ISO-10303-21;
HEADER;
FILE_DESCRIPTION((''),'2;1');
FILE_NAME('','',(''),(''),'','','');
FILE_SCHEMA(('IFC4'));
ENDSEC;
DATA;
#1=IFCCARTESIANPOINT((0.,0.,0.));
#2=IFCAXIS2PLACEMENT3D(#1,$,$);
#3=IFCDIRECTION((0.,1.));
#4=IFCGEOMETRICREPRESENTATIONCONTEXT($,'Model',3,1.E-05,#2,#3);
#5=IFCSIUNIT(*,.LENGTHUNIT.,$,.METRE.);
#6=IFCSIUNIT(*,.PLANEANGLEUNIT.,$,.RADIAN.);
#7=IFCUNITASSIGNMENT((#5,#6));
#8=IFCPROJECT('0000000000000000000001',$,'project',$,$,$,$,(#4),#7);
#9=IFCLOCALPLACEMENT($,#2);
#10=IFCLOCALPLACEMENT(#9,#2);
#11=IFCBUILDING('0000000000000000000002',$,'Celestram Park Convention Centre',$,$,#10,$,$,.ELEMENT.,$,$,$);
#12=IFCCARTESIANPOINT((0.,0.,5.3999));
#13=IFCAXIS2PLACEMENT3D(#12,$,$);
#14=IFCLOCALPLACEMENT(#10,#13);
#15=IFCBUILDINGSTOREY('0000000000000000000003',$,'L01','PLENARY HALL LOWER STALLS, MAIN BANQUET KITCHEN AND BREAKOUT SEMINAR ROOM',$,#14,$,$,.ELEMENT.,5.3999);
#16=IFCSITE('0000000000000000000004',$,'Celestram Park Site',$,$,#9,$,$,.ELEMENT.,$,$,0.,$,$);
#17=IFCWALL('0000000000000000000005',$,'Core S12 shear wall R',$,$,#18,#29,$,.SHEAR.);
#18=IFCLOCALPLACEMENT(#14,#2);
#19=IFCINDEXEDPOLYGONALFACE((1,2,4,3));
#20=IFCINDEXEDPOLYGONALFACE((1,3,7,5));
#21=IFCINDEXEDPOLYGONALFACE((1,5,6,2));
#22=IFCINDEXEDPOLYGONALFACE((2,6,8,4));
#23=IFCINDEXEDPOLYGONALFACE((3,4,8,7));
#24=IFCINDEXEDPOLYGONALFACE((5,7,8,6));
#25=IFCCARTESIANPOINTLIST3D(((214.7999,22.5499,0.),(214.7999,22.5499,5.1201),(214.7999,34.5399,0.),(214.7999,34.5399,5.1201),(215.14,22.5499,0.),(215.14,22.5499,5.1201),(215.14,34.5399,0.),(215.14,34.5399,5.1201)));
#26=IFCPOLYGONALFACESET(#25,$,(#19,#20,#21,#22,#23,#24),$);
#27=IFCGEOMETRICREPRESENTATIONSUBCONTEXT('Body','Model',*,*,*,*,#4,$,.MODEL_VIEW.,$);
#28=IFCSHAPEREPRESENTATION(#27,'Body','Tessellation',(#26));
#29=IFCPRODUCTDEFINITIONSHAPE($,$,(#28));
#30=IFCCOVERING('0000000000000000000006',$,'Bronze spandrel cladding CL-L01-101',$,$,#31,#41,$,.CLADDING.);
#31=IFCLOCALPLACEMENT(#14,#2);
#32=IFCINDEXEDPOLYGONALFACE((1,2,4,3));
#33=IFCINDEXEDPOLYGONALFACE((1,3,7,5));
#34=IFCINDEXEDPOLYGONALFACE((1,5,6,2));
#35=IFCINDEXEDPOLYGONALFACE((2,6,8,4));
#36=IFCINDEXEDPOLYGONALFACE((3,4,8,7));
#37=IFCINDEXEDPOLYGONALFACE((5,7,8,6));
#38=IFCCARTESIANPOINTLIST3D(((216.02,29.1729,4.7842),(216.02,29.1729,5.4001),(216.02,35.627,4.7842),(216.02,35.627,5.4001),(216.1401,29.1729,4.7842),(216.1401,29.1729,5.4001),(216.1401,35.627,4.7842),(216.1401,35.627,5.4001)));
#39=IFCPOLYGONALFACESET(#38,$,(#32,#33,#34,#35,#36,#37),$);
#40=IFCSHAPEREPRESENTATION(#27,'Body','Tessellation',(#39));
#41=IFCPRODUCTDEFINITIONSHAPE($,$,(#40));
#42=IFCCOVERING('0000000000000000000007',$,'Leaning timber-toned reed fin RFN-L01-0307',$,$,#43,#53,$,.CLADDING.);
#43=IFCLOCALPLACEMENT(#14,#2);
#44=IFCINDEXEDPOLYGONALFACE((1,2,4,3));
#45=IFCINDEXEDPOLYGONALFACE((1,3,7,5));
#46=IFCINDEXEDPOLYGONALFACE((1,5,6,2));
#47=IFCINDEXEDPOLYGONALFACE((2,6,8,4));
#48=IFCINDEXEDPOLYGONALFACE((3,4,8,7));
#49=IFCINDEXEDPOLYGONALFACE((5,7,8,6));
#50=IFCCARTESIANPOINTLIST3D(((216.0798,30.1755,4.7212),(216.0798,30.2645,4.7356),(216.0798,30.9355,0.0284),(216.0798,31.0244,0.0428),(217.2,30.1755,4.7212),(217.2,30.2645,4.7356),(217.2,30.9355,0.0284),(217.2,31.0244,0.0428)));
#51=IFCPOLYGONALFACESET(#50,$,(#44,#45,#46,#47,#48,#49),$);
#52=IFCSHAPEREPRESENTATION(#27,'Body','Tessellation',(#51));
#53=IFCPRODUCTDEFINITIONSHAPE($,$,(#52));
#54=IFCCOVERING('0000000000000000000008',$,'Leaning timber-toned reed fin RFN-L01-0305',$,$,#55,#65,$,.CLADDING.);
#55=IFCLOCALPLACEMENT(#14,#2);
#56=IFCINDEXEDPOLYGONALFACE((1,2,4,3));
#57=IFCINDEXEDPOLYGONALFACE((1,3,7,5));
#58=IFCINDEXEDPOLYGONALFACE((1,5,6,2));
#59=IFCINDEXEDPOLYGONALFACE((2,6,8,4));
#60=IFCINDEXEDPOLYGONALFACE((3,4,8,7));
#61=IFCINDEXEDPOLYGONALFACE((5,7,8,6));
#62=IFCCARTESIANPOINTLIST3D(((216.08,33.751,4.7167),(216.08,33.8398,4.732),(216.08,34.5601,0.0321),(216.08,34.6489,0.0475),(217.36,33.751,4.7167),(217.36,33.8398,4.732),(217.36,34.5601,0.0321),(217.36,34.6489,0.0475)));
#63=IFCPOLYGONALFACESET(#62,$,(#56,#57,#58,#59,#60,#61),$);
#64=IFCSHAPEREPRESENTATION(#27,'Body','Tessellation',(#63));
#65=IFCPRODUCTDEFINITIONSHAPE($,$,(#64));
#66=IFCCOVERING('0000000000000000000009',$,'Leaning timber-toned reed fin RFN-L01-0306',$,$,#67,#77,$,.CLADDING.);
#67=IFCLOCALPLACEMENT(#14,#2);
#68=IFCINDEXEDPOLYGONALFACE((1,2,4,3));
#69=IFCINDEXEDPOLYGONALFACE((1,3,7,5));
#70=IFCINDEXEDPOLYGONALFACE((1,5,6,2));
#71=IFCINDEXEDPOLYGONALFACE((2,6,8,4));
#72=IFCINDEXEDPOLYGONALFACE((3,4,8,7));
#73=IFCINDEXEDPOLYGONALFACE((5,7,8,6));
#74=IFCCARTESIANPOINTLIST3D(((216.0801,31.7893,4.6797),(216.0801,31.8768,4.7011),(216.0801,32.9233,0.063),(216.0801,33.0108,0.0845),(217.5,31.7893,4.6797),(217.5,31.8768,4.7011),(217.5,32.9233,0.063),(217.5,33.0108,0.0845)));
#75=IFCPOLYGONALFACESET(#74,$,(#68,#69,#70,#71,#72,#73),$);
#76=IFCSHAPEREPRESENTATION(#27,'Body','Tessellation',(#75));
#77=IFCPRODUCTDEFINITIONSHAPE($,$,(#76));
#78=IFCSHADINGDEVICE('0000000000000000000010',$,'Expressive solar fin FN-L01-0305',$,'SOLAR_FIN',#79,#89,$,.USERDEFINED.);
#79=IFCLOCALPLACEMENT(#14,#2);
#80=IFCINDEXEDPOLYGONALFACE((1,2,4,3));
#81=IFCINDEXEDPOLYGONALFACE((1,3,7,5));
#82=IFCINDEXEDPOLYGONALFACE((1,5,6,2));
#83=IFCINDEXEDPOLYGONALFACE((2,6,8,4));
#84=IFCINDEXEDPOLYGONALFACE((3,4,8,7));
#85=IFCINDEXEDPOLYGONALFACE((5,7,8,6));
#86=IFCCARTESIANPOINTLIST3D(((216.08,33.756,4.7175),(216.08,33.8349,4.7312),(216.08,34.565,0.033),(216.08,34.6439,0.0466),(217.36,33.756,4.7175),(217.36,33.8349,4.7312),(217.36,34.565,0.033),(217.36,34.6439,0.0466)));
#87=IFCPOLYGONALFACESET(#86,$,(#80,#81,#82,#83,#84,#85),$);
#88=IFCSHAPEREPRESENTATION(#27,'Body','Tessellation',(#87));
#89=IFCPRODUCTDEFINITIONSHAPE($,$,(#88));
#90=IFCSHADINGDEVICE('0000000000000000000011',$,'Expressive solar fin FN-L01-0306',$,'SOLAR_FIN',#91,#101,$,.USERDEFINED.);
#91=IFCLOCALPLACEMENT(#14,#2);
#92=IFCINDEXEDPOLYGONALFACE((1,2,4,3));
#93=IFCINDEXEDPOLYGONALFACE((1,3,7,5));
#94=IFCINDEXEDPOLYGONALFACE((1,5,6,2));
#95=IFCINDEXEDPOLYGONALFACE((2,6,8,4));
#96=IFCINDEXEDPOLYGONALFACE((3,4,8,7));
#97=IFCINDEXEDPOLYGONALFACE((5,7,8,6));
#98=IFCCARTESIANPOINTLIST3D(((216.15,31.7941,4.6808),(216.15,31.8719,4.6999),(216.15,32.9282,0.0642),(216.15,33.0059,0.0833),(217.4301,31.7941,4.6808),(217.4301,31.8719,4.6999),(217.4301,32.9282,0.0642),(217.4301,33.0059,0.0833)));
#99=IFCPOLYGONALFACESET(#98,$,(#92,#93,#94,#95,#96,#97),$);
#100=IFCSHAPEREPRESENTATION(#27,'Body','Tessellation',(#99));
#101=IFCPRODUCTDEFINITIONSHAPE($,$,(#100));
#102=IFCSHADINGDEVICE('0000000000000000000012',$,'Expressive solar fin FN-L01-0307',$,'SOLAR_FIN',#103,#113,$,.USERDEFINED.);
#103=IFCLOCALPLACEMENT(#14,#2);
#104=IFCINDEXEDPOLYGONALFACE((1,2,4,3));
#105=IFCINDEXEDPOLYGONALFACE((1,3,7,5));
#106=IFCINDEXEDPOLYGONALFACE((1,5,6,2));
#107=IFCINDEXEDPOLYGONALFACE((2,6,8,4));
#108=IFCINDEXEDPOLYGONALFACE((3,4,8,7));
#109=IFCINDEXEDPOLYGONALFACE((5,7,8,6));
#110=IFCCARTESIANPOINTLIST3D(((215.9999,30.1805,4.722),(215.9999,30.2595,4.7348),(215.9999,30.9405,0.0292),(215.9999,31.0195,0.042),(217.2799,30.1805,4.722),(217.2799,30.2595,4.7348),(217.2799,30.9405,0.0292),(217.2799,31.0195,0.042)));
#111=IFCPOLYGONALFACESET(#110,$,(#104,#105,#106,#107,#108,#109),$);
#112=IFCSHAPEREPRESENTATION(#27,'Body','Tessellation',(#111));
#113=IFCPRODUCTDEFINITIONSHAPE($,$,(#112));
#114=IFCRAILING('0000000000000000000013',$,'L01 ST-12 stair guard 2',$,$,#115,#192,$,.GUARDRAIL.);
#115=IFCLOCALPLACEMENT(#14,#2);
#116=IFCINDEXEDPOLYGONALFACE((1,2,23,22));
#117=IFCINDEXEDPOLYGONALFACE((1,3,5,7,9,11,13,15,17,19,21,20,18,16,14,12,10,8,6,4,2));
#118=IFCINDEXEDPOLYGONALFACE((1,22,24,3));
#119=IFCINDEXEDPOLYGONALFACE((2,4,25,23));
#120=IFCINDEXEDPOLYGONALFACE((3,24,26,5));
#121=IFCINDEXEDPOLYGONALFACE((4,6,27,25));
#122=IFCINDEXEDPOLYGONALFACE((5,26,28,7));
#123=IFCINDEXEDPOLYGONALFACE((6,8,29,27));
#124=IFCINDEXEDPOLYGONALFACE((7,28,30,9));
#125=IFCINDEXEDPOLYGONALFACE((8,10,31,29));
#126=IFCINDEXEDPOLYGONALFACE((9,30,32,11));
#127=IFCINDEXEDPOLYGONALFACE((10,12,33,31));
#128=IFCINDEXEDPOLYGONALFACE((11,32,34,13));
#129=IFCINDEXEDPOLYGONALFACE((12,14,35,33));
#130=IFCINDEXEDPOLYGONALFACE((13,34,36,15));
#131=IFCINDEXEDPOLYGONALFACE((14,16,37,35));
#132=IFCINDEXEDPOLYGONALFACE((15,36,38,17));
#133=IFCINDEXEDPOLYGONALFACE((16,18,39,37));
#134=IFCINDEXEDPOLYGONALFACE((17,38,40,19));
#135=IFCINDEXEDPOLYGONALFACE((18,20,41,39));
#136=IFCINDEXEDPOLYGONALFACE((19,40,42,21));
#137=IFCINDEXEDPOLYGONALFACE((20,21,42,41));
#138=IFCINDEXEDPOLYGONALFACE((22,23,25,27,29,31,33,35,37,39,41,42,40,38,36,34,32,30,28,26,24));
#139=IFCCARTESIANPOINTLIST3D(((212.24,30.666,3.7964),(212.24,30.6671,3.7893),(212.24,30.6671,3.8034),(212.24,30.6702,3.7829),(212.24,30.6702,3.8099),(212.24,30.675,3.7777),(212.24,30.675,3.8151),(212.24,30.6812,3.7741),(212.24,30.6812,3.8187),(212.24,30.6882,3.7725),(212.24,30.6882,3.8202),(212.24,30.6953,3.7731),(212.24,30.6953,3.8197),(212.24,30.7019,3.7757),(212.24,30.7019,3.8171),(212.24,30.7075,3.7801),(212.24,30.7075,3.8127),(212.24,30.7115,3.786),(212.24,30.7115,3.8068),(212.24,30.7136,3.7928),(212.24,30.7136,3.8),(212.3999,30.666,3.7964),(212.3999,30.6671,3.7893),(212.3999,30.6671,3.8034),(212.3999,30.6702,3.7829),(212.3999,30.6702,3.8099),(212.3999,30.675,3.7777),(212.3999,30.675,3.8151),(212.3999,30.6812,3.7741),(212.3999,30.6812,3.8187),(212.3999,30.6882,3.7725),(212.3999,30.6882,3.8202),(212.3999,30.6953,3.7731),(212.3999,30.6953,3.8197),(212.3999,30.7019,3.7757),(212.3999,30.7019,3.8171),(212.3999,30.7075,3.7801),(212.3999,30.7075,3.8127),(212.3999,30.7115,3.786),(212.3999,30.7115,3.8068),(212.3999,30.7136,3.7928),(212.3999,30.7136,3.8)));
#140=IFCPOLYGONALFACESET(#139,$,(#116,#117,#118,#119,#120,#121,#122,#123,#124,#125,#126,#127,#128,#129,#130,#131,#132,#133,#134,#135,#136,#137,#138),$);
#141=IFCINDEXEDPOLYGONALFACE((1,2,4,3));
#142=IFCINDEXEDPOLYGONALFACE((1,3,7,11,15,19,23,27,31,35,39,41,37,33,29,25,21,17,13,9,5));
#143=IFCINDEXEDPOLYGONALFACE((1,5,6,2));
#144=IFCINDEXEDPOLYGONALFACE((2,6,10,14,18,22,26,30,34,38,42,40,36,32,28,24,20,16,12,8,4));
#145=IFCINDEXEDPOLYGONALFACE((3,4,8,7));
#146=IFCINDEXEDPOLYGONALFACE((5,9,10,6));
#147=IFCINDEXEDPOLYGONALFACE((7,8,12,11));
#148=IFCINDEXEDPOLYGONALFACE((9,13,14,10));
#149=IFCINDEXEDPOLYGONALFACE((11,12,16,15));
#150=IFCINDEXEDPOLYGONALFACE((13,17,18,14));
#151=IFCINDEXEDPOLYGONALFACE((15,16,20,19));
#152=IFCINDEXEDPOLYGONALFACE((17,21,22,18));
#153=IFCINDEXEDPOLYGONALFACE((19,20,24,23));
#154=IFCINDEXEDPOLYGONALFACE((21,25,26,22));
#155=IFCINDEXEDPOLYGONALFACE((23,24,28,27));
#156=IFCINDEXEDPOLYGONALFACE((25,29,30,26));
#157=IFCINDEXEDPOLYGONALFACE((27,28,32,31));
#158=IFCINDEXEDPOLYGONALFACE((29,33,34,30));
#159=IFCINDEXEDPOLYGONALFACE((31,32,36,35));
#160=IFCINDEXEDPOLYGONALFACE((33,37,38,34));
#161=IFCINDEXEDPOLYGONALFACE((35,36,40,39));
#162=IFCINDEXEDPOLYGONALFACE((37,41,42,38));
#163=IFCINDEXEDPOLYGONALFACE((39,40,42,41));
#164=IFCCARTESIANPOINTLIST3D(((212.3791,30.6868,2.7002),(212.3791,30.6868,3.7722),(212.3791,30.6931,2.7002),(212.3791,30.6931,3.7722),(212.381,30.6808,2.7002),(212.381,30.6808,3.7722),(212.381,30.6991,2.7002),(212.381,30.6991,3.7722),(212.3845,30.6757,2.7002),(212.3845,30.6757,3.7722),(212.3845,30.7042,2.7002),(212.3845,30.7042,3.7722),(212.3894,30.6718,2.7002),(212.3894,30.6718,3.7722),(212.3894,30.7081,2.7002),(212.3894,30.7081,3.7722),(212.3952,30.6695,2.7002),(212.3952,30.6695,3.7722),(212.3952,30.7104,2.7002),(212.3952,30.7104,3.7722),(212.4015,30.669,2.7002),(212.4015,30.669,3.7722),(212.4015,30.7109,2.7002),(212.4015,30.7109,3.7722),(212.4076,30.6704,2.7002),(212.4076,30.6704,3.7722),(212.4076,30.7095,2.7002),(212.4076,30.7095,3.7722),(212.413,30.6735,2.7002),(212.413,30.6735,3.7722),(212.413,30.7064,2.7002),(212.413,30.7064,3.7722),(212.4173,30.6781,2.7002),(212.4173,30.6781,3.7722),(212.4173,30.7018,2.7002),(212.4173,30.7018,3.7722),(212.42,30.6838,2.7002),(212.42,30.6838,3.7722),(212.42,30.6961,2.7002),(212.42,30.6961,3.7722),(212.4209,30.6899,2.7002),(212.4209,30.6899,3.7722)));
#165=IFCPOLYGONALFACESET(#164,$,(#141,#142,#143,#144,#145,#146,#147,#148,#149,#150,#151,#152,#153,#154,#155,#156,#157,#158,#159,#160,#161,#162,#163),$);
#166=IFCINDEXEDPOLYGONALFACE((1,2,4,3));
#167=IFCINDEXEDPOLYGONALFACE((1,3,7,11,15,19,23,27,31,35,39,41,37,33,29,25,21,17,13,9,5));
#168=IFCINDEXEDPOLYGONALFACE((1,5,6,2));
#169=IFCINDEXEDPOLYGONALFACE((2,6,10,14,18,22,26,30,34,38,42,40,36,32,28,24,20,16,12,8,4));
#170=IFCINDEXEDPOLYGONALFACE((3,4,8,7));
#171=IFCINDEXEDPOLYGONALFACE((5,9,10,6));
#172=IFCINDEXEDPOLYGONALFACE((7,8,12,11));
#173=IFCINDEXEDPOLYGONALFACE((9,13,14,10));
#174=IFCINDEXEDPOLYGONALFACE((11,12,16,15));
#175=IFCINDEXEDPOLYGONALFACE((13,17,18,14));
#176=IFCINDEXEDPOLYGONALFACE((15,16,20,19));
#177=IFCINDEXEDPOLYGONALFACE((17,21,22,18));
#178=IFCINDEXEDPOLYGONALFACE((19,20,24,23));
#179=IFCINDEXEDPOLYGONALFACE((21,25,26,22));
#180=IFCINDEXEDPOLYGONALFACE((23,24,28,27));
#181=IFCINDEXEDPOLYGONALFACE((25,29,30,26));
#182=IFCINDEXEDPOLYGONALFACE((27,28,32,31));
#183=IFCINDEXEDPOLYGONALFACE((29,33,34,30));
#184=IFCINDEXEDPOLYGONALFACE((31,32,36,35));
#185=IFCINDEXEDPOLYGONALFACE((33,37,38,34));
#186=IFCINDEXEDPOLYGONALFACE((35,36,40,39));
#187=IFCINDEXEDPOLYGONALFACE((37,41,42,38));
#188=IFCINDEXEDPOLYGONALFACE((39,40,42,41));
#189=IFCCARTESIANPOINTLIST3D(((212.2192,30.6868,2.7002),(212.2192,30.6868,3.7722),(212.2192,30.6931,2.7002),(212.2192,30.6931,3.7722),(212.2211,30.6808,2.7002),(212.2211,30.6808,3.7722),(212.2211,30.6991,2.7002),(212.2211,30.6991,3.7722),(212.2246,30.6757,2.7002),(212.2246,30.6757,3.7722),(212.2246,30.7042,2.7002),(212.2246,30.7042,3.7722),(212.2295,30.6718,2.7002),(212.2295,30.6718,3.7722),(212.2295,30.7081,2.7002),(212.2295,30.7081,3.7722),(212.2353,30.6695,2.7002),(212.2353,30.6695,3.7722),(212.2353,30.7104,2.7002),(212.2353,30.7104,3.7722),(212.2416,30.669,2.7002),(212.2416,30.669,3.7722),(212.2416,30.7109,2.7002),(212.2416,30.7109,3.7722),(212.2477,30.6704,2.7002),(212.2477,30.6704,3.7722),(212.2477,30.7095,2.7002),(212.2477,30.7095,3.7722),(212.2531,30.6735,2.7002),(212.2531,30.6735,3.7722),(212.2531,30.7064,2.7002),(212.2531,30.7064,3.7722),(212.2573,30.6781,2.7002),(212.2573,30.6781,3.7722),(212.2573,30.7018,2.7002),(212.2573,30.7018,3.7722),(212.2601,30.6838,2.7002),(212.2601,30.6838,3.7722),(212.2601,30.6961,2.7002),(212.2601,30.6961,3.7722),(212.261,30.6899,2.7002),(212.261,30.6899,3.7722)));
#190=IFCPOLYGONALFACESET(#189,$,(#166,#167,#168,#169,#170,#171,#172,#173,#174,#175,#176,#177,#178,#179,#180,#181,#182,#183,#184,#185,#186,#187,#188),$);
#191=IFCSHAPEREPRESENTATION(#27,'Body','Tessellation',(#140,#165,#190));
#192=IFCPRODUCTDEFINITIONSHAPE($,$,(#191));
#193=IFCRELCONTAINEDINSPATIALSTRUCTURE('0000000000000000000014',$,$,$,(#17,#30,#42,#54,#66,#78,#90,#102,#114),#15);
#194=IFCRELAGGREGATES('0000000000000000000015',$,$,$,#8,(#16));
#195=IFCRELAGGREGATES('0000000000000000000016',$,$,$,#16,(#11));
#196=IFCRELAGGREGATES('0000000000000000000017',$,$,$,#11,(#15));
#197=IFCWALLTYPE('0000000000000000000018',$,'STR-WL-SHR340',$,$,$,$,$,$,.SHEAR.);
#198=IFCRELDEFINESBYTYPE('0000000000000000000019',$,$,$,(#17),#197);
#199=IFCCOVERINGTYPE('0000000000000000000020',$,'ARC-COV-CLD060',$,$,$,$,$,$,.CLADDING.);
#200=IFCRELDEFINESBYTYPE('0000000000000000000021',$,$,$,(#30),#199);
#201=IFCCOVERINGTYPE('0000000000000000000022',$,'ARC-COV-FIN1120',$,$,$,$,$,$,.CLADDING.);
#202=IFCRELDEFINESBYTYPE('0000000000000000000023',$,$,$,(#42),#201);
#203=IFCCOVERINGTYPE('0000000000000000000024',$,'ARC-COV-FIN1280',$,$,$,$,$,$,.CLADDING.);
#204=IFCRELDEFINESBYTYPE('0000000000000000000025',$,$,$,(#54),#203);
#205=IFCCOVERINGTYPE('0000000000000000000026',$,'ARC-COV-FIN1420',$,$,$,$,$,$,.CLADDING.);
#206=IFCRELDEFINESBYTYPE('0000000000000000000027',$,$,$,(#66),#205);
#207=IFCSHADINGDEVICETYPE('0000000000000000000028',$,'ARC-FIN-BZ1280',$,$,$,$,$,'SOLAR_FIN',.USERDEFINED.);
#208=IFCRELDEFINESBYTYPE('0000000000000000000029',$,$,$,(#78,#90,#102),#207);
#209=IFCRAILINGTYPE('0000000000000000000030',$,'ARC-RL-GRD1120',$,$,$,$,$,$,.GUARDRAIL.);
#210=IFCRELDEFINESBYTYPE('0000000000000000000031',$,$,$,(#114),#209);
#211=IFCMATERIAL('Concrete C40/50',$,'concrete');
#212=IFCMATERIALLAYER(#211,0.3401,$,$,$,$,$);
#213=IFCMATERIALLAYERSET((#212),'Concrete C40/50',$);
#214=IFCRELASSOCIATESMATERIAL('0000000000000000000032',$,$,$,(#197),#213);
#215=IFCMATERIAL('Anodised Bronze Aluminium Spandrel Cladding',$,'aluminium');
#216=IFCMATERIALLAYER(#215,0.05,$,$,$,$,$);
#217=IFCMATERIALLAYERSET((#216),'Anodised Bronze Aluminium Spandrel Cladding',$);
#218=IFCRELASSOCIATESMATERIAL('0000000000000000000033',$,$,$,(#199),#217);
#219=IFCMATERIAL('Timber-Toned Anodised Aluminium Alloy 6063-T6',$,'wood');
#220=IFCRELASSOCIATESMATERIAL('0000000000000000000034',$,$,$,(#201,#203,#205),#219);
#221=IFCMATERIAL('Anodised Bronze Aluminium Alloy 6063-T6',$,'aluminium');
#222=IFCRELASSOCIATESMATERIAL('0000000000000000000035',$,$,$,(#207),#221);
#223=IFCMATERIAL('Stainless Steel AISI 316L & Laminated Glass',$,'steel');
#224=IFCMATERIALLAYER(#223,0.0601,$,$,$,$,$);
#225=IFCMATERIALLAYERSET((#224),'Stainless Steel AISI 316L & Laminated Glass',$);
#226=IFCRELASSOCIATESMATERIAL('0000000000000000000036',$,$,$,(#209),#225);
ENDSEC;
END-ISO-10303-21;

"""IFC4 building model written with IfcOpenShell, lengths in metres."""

from ifc_helpers import new_model, si_unit, direction, frame, frame_2d, origin, origin_2d, place, context, subcontext, project, spatial, rectangle, circle, extrude, material, layer, layer_set, material_profile, profile_set, type_object, element, save


model = new_model("IFC4")

# Units and contexts
model_context = context("Model", 3, precision=1e-05, world=origin(), true_north=direction((0.0, 1.0)))
body_context = subcontext(model_context, "Body", "Model", "MODEL_VIEW")
ifc_project = project(units=[si_unit("LENGTHUNIT", "METRE"), si_unit("PLANEANGLEUNIT", "RADIAN")], contexts=[model_context])

# Site, building, storey
site_placement = place(None, origin())
site = spatial("IfcSite", under=ifc_project, at=site_placement, Name="Celestram Park Site", CompositionType="ELEMENT", RefElevation=0.0)
building_placement = place(site_placement, origin())
building = spatial("IfcBuilding", under=site, at=building_placement, Name="Celestram Park Convention Centre", CompositionType="ELEMENT")
storey_placement = place(building_placement, frame((0.0, 0.0, 5.3999)))
storey = spatial("IfcBuildingStorey", under=building, at=storey_placement, Name="L01", Description="PLENARY HALL LOWER STALLS, MAIN BANQUET KITCHEN AND BREAKOUT SEMINAR ROOM", CompositionType="ELEMENT", Elevation=5.3999)

# Shared definitions
ifc_material_1 = material(Name="Concrete C40/50", Category="concrete")

# Wall
ifc_layer_1 = layer(ifc_material_1, 0.3401)
ifc_layer_set_1 = layer_set([ifc_layer_1], Name="Concrete C40/50")
wall_type = type_object("IfcWallType", Name="STR-WL-SHR340", PredefinedType="SHEAR", material=ifc_layer_set_1)
wall_placement = place(storey_placement, frame((214.97, 34.54, 0.0), z_axis=(0.0, 0.0, 1.0), x_axis=(0.0, -1.0, 0.0)))
element("IfcWall", 1, at=wall_placement, inside=storey, type_object=wall_type, Name="Core S12 shear wall R", PredefinedType="SHEAR", context=body_context, shape_type="SweptSolid", body=[
    extrude(rectangle(XDim=11.99, YDim=0.3401, at=frame_2d((5.9951, 0.0))), origin(), (0.0, 0.0, 1.0), 5.1201),
])

# Coverings
ifc_material_2 = material(Name="Anodised Bronze Aluminium Spandrel Cladding", Category="aluminium")
ifc_layer_2 = layer(ifc_material_2, 0.05)
ifc_layer_set_2 = layer_set([ifc_layer_2], Name="Anodised Bronze Aluminium Spandrel Cladding")
covering_type_1 = type_object("IfcCoveringType", Name="ARC-COV-CLD060", PredefinedType="CLADDING", material=ifc_layer_set_2)
covering_1_placement = place(storey_placement, frame((216.0801, 32.3999, 4.7842), z_axis=(0.0, 0.0, 1.0), x_axis=(0.0, -1.0, 0.0)))
element("IfcCovering", 2, at=covering_1_placement, inside=storey, type_object=covering_type_1, Name="Bronze spandrel cladding CL-L01-101", PredefinedType="CLADDING", context=body_context, shape_type="SweptSolid", body=[
    extrude(rectangle(XDim=6.4541, YDim=0.1201, at=origin_2d()), origin(), (0.0, 0.0, 1.0), 0.616),
])
ifc_material_3 = material(Name="Timber-Toned Anodised Aluminium Alloy 6063-T6", Category="wood")
ifc_material_profile_1 = material_profile(ifc_material_3, rectangle(XDim=1.1201, YDim=0.0901, at=origin_2d()), Name="REED1120X90")
ifc_profile_set_1 = profile_set([ifc_material_profile_1], Name="Timber-Toned Anodised Aluminium Alloy 6063-T6")
covering_type_2 = type_object("IfcCoveringType", Name="ARC-COV-FIN1120", PredefinedType="CLADDING", material=ifc_profile_set_1)
covering_2_placement = place(storey_placement, frame((216.6399, 30.98, 0.0356), z_axis=(0.0, -0.159867, 0.987139), x_axis=(1.0, 0.0, 0.0)))
element("IfcCovering", 3, at=covering_2_placement, inside=storey, type_object=covering_type_2, Name="Leaning timber-toned reed fin RFN-L01-0307", PredefinedType="CLADDING", context=body_context, shape_type="SweptSolid", body=[
    extrude(rectangle(XDim=1.1201, YDim=0.0901, at=origin_2d()), origin(), (0.0, 0.0, 1.0), 4.7539),
])
ifc_material_profile_2 = material_profile(ifc_material_3, rectangle(XDim=1.28, YDim=0.0901, at=origin_2d()), Name="REED1280X90")
ifc_profile_set_2 = profile_set([ifc_material_profile_2], Name="Timber-Toned Anodised Aluminium Alloy 6063-T6")
covering_type_3 = type_object("IfcCoveringType", Name="ARC-COV-FIN1280", PredefinedType="CLADDING", material=ifc_profile_set_2)
covering_3_placement = place(storey_placement, frame((216.72, 34.6045, 0.0398), z_axis=(0.0, -0.170192, 0.985411), x_axis=(1.0, 0.0, 0.0)))
element("IfcCovering", 4, at=covering_3_placement, inside=storey, type_object=covering_type_3, Name="Leaning timber-toned reed fin RFN-L01-0305", PredefinedType="CLADDING", context=body_context, shape_type="SweptSolid", body=[
    extrude(rectangle(XDim=1.28, YDim=0.0901, at=origin_2d()), origin(), (0.0, 0.0, 1.0), 4.7539),
])
ifc_material_profile_3 = material_profile(ifc_material_3, rectangle(XDim=1.4199, YDim=0.0901, at=origin_2d()), Name="REED1420X90")
ifc_profile_set_3 = profile_set([ifc_material_profile_3], Name="Timber-Toned Anodised Aluminium Alloy 6063-T6")
covering_type_4 = type_object("IfcCoveringType", Name="ARC-COV-FIN1420", PredefinedType="CLADDING", material=ifc_profile_set_3)
covering_4_placement = place(storey_placement, frame((216.79, 32.967, 0.0737), z_axis=(0.0, -0.238546, 0.971131), x_axis=(1.0, 0.0, 0.0)))
element("IfcCovering", 5, at=covering_4_placement, inside=storey, type_object=covering_type_4, Name="Leaning timber-toned reed fin RFN-L01-0306", PredefinedType="CLADDING", context=body_context, shape_type="SweptSolid", body=[
    extrude(rectangle(XDim=1.4199, YDim=0.0901, at=origin_2d()), origin(), (0.0, 0.0, 1.0), 4.7539),
])

# Shading devices
ifc_material_4 = material(Name="Anodised Bronze Aluminium Alloy 6063-T6", Category="aluminium")
ifc_material_profile_4 = material_profile(ifc_material_4, rectangle(XDim=1.28, YDim=0.0801, at=origin_2d()), Name="FIN1280X80")
ifc_profile_set_4 = profile_set([ifc_material_profile_4], Name="Anodised Bronze Aluminium Alloy 6063-T6")
shading_device_type = type_object("IfcShadingDeviceType", Name="ARC-FIN-BZ1280", ElementType="SOLAR_FIN", PredefinedType="USERDEFINED", material=ifc_profile_set_4)
for number, where, z_axis, x_axis, name in (
    (6, (216.72, 34.6045, 0.0398), (0.0, -0.170192, 0.985411), (1.0, 0.0, 0.0), "Expressive solar fin FN-L01-0305"),
    (7, (216.79, 32.967, 0.0737), (0.0, -0.238546, 0.971131), (1.0, 0.0, 0.0), "Expressive solar fin FN-L01-0306"),
    (8, (216.6399, 30.98, 0.0356), (0.0, -0.159867, 0.987139), (1.0, 0.0, 0.0), "Expressive solar fin FN-L01-0307"),
):
    element("IfcShadingDevice", number, at=place(storey_placement, frame(where, z_axis=z_axis, x_axis=x_axis)), inside=storey, type_object=shading_device_type, Name=name, ObjectType="SOLAR_FIN", PredefinedType="USERDEFINED", context=body_context, shape_type="SweptSolid", body=[
        extrude(rectangle(XDim=1.28, YDim=0.0801, at=origin_2d()), origin(), (0.0, 0.0, 1.0), 4.7539),
    ])

# Railing
ifc_material_5 = material(Name="Stainless Steel AISI 316L & Laminated Glass", Category="steel")
ifc_layer_3 = layer(ifc_material_5, 0.0601)
ifc_layer_set_3 = layer_set([ifc_layer_3], Name="Stainless Steel AISI 316L & Laminated Glass")
railing_type = type_object("IfcRailingType", Name="ARC-RL-GRD1120", PredefinedType="GUARDRAIL", material=ifc_layer_set_3)
railing_placement = place(storey_placement, frame((212.3999, 30.6899, 2.7002)))
element("IfcRailing", 9, at=railing_placement, inside=storey, type_object=railing_type, Name="L01 ST-12 stair guard 2", PredefinedType="GUARDRAIL", context=body_context, shape_type="SweptSolid", body=[
    extrude(circle(Radius=0.0239, at=origin_2d()), frame((0.0, 0.0, 1.0962), z_axis=(-1.0, 0.0, 0.0), x_axis=(0.0, -1.0, 0.0)), (0.0, 0.0, 1.0), 0.1599),
    extrude(circle(Radius=0.021, at=origin_2d()), origin(), (0.0, 0.0, 1.0), 1.072),
    extrude(circle(Radius=0.021, at=origin_2d()), frame((-0.1599, 0.0, 0.0)), (0.0, 0.0, 1.0), 1.072),
])

save(model, "model.ifc")
